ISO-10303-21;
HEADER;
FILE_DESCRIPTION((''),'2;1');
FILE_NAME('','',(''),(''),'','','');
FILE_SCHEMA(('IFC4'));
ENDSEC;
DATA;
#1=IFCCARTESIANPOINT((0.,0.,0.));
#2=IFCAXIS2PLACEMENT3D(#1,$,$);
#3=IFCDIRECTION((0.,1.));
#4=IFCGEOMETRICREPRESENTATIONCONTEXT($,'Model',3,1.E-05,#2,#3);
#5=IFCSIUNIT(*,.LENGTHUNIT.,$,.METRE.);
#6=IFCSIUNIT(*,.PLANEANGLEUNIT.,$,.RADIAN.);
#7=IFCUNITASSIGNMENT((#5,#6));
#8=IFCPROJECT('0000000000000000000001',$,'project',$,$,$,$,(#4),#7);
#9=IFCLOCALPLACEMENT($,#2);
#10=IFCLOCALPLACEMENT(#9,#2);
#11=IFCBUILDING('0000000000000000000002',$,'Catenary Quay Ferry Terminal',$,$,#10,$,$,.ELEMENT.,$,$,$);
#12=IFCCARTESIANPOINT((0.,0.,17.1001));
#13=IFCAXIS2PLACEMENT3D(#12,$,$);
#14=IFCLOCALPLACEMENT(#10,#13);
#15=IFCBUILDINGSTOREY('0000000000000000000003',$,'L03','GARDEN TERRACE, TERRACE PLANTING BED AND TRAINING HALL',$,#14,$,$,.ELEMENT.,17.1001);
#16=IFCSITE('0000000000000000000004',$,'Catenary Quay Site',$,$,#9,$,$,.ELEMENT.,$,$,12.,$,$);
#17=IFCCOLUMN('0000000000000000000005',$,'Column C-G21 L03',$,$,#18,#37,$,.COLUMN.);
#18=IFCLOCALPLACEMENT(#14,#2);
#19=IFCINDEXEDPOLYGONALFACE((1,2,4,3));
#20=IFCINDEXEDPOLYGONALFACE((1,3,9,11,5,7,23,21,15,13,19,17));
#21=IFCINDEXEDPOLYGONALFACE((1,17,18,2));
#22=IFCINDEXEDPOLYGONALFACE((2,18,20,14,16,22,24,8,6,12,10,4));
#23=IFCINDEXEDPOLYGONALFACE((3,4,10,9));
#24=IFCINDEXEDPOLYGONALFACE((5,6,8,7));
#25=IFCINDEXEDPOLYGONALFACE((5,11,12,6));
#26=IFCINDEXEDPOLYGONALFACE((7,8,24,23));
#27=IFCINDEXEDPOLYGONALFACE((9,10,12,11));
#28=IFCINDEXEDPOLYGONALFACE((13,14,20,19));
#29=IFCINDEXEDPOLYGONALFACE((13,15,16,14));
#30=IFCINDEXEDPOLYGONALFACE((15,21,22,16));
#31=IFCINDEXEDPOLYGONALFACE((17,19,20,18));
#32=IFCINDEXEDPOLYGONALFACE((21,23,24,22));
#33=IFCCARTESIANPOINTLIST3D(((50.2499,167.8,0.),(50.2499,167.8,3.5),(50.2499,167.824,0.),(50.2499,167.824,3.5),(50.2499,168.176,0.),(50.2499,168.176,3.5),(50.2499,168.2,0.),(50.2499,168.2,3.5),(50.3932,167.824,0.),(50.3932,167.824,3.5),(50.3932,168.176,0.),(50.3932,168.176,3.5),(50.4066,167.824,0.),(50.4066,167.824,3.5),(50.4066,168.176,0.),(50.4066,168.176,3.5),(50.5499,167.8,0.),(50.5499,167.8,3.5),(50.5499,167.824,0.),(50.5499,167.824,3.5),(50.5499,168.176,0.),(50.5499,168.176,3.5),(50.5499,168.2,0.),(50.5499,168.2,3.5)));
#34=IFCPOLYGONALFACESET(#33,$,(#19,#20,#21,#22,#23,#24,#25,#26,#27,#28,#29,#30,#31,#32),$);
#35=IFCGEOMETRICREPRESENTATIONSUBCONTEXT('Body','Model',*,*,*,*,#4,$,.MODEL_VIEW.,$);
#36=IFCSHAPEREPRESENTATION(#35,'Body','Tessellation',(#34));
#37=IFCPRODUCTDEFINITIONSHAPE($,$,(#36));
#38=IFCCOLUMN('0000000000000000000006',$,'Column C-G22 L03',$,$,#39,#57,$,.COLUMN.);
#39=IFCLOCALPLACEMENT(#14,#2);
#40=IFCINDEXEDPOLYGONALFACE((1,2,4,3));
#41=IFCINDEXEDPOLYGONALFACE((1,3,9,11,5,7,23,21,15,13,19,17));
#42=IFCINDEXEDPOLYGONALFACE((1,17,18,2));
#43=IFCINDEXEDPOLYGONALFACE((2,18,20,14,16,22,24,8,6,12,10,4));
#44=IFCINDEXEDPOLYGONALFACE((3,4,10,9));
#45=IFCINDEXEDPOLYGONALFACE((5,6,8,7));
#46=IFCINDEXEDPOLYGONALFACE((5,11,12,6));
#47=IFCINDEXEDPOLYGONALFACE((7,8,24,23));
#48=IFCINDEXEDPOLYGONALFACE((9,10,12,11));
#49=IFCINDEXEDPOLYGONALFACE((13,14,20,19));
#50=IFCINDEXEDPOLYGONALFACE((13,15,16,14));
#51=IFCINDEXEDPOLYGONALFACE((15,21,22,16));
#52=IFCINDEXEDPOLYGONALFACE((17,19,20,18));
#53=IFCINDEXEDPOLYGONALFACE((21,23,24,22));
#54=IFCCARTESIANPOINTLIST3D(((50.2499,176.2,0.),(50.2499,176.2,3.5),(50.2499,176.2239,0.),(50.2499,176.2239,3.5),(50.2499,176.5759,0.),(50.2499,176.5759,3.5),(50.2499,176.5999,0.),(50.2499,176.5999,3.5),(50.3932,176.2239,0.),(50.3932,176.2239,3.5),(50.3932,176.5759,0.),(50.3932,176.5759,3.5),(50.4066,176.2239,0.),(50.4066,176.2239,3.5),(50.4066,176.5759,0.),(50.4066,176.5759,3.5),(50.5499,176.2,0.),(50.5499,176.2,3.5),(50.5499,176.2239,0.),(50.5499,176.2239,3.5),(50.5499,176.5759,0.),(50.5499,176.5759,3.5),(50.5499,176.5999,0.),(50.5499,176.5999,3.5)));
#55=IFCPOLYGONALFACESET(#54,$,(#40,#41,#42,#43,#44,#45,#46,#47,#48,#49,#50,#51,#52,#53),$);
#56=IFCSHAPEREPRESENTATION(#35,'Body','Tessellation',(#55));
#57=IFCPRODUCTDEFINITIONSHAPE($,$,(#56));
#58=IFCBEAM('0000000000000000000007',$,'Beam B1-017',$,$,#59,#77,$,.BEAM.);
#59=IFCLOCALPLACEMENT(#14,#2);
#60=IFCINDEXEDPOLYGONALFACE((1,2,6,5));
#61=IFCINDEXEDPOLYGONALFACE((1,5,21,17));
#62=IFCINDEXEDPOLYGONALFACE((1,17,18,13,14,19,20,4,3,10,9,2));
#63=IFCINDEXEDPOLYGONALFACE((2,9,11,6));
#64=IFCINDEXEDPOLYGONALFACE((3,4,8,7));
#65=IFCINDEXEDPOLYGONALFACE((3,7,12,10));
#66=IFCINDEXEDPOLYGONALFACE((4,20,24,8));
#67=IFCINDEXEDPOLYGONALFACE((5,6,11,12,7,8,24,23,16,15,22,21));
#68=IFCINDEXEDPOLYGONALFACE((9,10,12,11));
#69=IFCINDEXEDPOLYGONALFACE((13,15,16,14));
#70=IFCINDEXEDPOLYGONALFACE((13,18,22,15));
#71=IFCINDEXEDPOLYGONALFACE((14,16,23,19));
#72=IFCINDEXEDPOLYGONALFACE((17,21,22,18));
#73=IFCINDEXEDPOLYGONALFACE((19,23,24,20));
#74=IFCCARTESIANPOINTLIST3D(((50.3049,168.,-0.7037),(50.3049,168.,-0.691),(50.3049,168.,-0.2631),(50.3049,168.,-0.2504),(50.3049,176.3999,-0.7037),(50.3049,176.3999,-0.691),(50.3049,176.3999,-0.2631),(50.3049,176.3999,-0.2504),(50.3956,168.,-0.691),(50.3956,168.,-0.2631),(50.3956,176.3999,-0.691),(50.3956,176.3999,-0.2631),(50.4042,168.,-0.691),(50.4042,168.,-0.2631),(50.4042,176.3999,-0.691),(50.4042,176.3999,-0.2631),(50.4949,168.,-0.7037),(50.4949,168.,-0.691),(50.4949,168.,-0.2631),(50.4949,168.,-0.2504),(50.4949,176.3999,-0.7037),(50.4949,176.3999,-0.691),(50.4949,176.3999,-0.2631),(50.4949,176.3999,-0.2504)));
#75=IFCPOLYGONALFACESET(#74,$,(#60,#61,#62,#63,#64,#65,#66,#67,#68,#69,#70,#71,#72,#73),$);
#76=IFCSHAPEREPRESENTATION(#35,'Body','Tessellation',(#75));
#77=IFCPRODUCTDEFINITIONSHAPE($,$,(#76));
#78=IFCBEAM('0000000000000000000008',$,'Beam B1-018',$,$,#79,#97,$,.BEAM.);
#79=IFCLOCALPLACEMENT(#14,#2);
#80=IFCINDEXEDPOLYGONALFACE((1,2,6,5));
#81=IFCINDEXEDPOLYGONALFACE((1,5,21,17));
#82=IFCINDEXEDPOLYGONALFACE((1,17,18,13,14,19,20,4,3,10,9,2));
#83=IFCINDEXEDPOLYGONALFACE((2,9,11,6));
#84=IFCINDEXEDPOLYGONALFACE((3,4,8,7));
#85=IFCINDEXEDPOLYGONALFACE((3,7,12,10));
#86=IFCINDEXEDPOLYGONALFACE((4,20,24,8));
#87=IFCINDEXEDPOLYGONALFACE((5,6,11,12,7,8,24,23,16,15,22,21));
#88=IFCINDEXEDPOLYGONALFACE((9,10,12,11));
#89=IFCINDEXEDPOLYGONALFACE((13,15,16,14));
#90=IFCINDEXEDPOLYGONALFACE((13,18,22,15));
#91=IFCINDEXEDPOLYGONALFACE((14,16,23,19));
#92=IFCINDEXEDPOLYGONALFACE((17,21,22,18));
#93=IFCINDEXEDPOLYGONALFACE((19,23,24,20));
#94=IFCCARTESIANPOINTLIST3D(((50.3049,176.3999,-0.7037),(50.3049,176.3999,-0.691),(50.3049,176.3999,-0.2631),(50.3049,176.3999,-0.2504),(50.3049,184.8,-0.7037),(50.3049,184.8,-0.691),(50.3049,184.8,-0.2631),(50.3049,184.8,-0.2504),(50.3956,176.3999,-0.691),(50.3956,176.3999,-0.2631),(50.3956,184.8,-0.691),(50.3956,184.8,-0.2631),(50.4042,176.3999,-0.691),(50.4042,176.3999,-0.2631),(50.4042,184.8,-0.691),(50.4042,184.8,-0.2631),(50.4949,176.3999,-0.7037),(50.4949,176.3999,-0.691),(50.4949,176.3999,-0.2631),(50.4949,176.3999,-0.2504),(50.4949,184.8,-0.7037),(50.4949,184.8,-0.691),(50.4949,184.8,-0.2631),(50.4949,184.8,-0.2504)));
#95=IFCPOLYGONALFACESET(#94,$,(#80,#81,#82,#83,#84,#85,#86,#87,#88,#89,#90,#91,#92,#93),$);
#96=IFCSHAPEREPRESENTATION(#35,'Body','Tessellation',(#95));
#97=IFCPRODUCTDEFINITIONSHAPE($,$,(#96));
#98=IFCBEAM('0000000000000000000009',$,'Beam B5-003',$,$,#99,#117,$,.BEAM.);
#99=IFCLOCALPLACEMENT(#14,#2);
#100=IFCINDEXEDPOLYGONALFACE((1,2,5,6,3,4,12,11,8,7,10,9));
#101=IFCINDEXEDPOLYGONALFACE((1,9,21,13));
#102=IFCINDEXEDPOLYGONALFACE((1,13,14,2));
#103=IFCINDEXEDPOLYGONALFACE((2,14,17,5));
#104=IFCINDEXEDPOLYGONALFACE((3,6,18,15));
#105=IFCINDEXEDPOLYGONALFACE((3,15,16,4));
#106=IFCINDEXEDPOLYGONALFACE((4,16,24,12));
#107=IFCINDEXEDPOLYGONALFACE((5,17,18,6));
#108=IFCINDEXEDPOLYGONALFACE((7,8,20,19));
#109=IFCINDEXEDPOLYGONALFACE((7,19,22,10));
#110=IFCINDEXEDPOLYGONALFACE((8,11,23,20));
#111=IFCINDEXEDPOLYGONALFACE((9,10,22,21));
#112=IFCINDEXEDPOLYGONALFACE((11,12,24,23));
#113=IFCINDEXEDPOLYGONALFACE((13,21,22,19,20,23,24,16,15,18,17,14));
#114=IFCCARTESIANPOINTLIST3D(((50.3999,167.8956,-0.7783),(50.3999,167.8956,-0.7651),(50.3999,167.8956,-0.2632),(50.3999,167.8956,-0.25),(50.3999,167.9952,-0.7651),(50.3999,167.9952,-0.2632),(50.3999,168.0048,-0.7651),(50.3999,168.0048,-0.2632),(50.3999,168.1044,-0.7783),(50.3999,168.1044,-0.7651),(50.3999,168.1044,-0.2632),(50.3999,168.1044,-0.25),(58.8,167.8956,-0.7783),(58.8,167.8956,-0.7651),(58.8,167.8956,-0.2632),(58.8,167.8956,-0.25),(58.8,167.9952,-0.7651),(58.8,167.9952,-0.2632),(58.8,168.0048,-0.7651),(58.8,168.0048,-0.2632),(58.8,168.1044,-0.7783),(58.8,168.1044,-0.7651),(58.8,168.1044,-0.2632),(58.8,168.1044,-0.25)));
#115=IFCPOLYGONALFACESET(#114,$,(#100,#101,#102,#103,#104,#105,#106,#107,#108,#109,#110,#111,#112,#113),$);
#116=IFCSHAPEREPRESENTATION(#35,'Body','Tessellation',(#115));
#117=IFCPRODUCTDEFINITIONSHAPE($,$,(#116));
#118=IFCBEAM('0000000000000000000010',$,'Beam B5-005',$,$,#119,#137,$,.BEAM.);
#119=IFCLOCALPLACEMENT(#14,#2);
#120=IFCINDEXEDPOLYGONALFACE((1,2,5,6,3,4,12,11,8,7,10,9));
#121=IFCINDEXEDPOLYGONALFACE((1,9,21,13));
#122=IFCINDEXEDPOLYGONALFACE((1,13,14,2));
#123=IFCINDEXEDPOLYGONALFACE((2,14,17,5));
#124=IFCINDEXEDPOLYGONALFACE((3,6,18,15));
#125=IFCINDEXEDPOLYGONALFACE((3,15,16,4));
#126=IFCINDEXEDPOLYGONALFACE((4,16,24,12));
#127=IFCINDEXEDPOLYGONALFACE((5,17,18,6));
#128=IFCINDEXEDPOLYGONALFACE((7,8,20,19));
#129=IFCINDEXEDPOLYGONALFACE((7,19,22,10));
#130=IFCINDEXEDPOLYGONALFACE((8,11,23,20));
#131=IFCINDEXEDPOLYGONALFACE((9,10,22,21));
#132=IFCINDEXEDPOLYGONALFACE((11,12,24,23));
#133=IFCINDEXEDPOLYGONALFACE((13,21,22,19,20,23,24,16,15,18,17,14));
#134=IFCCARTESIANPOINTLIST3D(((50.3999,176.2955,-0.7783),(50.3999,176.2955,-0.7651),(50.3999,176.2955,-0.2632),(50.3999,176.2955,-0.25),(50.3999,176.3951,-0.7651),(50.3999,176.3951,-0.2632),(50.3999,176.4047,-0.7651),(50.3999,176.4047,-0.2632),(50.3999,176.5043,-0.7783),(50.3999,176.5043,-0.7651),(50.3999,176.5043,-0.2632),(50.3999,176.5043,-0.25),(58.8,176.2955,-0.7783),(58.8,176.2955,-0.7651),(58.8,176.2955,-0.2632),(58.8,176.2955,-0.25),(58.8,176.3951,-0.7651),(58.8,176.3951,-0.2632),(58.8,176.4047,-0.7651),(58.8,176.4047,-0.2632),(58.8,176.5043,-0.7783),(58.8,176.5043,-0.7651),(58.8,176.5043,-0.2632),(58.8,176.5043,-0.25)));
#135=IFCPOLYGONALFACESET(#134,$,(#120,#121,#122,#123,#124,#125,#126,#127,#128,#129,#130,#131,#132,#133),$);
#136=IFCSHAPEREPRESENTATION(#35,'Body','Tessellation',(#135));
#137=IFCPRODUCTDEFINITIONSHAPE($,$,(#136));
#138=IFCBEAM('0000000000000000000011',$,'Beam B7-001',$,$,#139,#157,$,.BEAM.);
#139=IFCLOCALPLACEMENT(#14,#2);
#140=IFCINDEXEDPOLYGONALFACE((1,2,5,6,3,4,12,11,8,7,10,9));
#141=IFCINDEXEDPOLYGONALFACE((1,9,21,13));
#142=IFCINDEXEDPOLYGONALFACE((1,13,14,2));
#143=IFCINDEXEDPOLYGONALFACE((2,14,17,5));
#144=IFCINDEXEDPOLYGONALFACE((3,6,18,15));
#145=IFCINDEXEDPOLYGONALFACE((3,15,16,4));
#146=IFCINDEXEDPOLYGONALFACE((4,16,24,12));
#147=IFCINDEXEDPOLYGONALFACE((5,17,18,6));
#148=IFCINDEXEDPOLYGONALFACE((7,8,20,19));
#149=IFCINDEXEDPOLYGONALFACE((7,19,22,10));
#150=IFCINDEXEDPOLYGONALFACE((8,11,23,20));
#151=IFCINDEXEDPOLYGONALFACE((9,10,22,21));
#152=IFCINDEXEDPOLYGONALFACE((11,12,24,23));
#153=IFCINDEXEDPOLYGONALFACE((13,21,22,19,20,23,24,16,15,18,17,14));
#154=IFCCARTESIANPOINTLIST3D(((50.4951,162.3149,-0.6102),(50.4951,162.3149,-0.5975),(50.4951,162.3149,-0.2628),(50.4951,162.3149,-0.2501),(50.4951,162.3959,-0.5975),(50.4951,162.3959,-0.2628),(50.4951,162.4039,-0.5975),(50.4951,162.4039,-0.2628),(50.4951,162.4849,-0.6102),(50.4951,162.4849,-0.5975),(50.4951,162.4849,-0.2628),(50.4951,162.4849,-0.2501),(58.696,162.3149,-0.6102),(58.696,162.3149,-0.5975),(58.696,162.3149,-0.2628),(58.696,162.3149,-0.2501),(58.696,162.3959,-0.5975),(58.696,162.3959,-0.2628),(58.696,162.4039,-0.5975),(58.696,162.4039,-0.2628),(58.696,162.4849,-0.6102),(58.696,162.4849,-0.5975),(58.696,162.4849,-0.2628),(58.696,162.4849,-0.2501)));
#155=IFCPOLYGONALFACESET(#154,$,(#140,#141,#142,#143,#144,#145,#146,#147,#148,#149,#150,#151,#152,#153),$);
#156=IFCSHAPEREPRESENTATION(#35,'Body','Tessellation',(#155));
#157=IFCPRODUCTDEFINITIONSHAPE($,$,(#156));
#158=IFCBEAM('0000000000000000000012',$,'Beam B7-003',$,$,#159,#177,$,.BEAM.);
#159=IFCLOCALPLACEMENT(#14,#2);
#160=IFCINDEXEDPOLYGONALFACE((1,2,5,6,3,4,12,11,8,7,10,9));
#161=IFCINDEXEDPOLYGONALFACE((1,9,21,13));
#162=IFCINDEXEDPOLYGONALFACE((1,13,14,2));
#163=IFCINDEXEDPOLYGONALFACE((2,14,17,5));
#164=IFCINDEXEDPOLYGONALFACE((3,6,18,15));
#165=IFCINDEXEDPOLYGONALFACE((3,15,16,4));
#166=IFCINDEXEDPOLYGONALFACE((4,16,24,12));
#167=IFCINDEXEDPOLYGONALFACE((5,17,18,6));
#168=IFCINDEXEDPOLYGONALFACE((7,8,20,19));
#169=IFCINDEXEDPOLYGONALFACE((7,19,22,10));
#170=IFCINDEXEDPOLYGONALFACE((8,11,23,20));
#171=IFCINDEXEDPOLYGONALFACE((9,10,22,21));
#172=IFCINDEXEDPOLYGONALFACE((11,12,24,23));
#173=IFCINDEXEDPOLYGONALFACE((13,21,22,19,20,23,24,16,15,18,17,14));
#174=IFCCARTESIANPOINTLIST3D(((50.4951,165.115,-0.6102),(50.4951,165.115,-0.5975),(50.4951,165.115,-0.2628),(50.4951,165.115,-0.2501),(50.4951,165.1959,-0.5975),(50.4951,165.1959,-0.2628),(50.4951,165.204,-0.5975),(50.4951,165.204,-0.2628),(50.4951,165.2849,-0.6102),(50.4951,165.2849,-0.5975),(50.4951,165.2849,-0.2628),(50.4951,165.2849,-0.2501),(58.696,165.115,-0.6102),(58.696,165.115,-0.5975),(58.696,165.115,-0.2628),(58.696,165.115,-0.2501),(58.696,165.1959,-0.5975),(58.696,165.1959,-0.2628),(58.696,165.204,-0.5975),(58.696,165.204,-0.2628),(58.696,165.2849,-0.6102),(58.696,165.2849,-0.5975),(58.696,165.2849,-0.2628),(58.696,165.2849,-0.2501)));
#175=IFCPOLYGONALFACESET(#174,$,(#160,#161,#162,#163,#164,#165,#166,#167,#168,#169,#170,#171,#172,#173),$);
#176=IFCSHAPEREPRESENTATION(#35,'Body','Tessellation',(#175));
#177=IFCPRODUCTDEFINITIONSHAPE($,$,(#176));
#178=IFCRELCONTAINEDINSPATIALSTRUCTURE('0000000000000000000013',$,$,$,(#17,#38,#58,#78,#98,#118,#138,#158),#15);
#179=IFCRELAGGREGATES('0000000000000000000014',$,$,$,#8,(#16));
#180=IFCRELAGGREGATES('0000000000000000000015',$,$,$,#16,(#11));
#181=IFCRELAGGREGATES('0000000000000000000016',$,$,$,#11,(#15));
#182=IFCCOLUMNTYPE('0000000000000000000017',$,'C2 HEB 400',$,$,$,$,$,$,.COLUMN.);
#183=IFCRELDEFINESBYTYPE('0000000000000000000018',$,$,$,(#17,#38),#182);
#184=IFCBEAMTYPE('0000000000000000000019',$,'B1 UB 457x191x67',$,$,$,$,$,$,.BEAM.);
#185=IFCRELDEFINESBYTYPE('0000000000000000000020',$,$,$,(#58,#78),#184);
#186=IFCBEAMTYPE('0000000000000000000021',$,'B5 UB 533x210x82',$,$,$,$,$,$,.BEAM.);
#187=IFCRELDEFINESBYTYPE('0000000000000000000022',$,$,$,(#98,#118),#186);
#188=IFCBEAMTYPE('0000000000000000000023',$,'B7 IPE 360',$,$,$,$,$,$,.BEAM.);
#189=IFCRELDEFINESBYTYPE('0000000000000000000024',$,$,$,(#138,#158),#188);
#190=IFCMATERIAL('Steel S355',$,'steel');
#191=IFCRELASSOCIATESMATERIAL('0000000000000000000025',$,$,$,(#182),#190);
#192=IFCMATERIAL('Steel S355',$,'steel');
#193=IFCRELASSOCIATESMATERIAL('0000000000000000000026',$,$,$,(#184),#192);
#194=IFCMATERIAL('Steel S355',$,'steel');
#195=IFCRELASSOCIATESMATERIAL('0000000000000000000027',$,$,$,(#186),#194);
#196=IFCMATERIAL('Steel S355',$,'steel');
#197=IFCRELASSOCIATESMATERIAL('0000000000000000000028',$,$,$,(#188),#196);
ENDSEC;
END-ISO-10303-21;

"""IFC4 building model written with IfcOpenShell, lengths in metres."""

from ifc_helpers import new_model, si_unit, direction, frame, origin, origin_2d, place, context, subcontext, project, spatial, i_section, extrude, material, material_profile, profile_set, type_object, element, save


model = new_model("IFC4")

# Units and contexts
model_context = context("Model", 3, precision=1e-05, world=origin(), true_north=direction((0.0, 1.0)))
body_context = subcontext(model_context, "Body", "Model", "MODEL_VIEW")
ifc_project = project(units=[si_unit("LENGTHUNIT", "METRE"), si_unit("PLANEANGLEUNIT", "RADIAN")], contexts=[model_context])

# Site, building, storey
site_placement = place(None, origin())
site = spatial("IfcSite", under=ifc_project, at=site_placement, Name="Catenary Quay Site", CompositionType="ELEMENT", RefElevation=12.0)
building_placement = place(site_placement, origin())
building = spatial("IfcBuilding", under=site, at=building_placement, Name="Catenary Quay Ferry Terminal", CompositionType="ELEMENT")
storey_placement = place(building_placement, frame((0.0, 0.0, 17.1001)))
storey = spatial("IfcBuildingStorey", under=building, at=storey_placement, Name="L03", Description="GARDEN TERRACE, TERRACE PLANTING BED AND TRAINING HALL", CompositionType="ELEMENT", Elevation=17.1001)

# Columns
ifc_material_1 = material(Name="Steel S355", Category="steel")
ifc_material_profile_1 = material_profile(ifc_material_1, i_section(OverallWidth=0.3, OverallDepth=0.3999, WebThickness=0.0134, FlangeThickness=0.0239, at=origin_2d()), Name="HEB 400")
ifc_profile_set_1 = profile_set([ifc_material_profile_1], Name="Steel S355")
column_type = type_object("IfcColumnType", Name="C2 HEB 400", PredefinedType="COLUMN", material=ifc_profile_set_1)
for number, where, z_axis, x_axis, name in (
    (1, (50.3999, 168.0, 0.0), (0.0, 0.0, 1.0), (1.0, 0.0, 0.0), "Column C-G21 L03"),
    (2, (50.3999, 176.3999, 0.0), (0.0, 0.0, 1.0), (1.0, 0.0, 0.0), "Column C-G22 L03"),
):
    element("IfcColumn", number, at=place(storey_placement, frame(where, z_axis=z_axis, x_axis=x_axis)), inside=storey, type_object=column_type, Name=name, PredefinedType="COLUMN", context=body_context, shape_type="SweptSolid", body=[
        extrude(i_section(OverallWidth=0.3, OverallDepth=0.3999, WebThickness=0.0134, FlangeThickness=0.0239, at=origin_2d()), origin(), (0.0, 0.0, 1.0), 3.5),
    ])

# Beams
ifc_material_2 = material(Name="Steel S355", Category="steel")
ifc_material_profile_2 = material_profile(ifc_material_2, i_section(OverallWidth=0.1899, OverallDepth=0.4534, WebThickness=0.0085, FlangeThickness=0.0127, at=origin_2d()), Name="UB 457x191x67")
ifc_profile_set_2 = profile_set([ifc_material_profile_2], Name="Steel S355")
beam_type_1 = type_object("IfcBeamType", Name="B1 UB 457x191x67", PredefinedType="BEAM", material=ifc_profile_set_2)
beam_1_placement = place(storey_placement, frame((50.3999, 168.0, -0.4771), z_axis=(0.0, 1.0, 0.0), x_axis=(-1.0, 0.0, 0.0)))
element("IfcBeam", 3, at=beam_1_placement, inside=storey, type_object=beam_type_1, Name="Beam B1-017", PredefinedType="BEAM", context=body_context, shape_type="SweptSolid", body=[
    extrude(i_section(OverallWidth=0.1899, OverallDepth=0.4534, WebThickness=0.0085, FlangeThickness=0.0127, at=origin_2d()), origin(), (0.0, 0.0, 1.0), 8.3999),
])
beam_2_placement = place(storey_placement, frame((50.3999, 176.3999, -0.4771), z_axis=(0.0, 1.0, 0.0), x_axis=(-1.0, 0.0, 0.0)))
element("IfcBeam", 4, at=beam_2_placement, inside=storey, type_object=beam_type_1, Name="Beam B1-018", PredefinedType="BEAM", context=body_context, shape_type="SweptSolid", body=[
    extrude(i_section(OverallWidth=0.1899, OverallDepth=0.4534, WebThickness=0.0085, FlangeThickness=0.0127, at=origin_2d()), origin(), (0.0, 0.0, 1.0), 8.4001),
])
ifc_material_3 = material(Name="Steel S355", Category="steel")
ifc_material_profile_3 = material_profile(ifc_material_3, i_section(OverallWidth=0.2087, OverallDepth=0.5283, WebThickness=0.0095, FlangeThickness=0.0132, at=origin_2d()), Name="UB 533x210x82")
ifc_profile_set_3 = profile_set([ifc_material_profile_3], Name="Steel S355")
beam_type_2 = type_object("IfcBeamType", Name="B5 UB 533x210x82", PredefinedType="BEAM", material=ifc_profile_set_3)
for number, where, z_axis, x_axis, name in (
    (5, (50.3999, 168.0, -0.5142), (1.0, 0.0, 0.0), (0.0, 1.0, 0.0), "Beam B5-003"),
    (6, (50.3999, 176.3999, -0.5142), (1.0, 0.0, 0.0), (0.0, 1.0, 0.0), "Beam B5-005"),
):
    element("IfcBeam", number, at=place(storey_placement, frame(where, z_axis=z_axis, x_axis=x_axis)), inside=storey, type_object=beam_type_2, Name=name, PredefinedType="BEAM", context=body_context, shape_type="SweptSolid", body=[
        extrude(i_section(OverallWidth=0.2087, OverallDepth=0.5283, WebThickness=0.0095, FlangeThickness=0.0132, at=origin_2d()), origin(), (0.0, 0.0, 1.0), 8.4001),
    ])
ifc_material_4 = material(Name="Steel S355", Category="steel")
ifc_material_profile_4 = material_profile(ifc_material_4, i_section(OverallWidth=0.1699, OverallDepth=0.3601, WebThickness=0.0081, FlangeThickness=0.0127, at=origin_2d()), Name="IPE 360")
ifc_profile_set_4 = profile_set([ifc_material_profile_4], Name="Steel S355")
beam_type_3 = type_object("IfcBeamType", Name="B7 IPE 360", PredefinedType="BEAM", material=ifc_profile_set_4)
for number, where, z_axis, x_axis, name in (
    (7, (50.4951, 162.3999, -0.4302), (1.0, 0.0, 0.0), (0.0, 1.0, 0.0), "Beam B7-001"),
    (8, (50.4951, 165.2, -0.4302), (1.0, 0.0, 0.0), (0.0, 1.0, 0.0), "Beam B7-003"),
):
    element("IfcBeam", number, at=place(storey_placement, frame(where, z_axis=z_axis, x_axis=x_axis)), inside=storey, type_object=beam_type_3, Name=name, PredefinedType="BEAM", context=body_context, shape_type="SweptSolid", body=[
        extrude(i_section(OverallWidth=0.1699, OverallDepth=0.3601, WebThickness=0.0081, FlangeThickness=0.0127, at=origin_2d()), origin(), (0.0, 0.0, 1.0), 8.2009),
    ])

save(model, "model.ifc")
